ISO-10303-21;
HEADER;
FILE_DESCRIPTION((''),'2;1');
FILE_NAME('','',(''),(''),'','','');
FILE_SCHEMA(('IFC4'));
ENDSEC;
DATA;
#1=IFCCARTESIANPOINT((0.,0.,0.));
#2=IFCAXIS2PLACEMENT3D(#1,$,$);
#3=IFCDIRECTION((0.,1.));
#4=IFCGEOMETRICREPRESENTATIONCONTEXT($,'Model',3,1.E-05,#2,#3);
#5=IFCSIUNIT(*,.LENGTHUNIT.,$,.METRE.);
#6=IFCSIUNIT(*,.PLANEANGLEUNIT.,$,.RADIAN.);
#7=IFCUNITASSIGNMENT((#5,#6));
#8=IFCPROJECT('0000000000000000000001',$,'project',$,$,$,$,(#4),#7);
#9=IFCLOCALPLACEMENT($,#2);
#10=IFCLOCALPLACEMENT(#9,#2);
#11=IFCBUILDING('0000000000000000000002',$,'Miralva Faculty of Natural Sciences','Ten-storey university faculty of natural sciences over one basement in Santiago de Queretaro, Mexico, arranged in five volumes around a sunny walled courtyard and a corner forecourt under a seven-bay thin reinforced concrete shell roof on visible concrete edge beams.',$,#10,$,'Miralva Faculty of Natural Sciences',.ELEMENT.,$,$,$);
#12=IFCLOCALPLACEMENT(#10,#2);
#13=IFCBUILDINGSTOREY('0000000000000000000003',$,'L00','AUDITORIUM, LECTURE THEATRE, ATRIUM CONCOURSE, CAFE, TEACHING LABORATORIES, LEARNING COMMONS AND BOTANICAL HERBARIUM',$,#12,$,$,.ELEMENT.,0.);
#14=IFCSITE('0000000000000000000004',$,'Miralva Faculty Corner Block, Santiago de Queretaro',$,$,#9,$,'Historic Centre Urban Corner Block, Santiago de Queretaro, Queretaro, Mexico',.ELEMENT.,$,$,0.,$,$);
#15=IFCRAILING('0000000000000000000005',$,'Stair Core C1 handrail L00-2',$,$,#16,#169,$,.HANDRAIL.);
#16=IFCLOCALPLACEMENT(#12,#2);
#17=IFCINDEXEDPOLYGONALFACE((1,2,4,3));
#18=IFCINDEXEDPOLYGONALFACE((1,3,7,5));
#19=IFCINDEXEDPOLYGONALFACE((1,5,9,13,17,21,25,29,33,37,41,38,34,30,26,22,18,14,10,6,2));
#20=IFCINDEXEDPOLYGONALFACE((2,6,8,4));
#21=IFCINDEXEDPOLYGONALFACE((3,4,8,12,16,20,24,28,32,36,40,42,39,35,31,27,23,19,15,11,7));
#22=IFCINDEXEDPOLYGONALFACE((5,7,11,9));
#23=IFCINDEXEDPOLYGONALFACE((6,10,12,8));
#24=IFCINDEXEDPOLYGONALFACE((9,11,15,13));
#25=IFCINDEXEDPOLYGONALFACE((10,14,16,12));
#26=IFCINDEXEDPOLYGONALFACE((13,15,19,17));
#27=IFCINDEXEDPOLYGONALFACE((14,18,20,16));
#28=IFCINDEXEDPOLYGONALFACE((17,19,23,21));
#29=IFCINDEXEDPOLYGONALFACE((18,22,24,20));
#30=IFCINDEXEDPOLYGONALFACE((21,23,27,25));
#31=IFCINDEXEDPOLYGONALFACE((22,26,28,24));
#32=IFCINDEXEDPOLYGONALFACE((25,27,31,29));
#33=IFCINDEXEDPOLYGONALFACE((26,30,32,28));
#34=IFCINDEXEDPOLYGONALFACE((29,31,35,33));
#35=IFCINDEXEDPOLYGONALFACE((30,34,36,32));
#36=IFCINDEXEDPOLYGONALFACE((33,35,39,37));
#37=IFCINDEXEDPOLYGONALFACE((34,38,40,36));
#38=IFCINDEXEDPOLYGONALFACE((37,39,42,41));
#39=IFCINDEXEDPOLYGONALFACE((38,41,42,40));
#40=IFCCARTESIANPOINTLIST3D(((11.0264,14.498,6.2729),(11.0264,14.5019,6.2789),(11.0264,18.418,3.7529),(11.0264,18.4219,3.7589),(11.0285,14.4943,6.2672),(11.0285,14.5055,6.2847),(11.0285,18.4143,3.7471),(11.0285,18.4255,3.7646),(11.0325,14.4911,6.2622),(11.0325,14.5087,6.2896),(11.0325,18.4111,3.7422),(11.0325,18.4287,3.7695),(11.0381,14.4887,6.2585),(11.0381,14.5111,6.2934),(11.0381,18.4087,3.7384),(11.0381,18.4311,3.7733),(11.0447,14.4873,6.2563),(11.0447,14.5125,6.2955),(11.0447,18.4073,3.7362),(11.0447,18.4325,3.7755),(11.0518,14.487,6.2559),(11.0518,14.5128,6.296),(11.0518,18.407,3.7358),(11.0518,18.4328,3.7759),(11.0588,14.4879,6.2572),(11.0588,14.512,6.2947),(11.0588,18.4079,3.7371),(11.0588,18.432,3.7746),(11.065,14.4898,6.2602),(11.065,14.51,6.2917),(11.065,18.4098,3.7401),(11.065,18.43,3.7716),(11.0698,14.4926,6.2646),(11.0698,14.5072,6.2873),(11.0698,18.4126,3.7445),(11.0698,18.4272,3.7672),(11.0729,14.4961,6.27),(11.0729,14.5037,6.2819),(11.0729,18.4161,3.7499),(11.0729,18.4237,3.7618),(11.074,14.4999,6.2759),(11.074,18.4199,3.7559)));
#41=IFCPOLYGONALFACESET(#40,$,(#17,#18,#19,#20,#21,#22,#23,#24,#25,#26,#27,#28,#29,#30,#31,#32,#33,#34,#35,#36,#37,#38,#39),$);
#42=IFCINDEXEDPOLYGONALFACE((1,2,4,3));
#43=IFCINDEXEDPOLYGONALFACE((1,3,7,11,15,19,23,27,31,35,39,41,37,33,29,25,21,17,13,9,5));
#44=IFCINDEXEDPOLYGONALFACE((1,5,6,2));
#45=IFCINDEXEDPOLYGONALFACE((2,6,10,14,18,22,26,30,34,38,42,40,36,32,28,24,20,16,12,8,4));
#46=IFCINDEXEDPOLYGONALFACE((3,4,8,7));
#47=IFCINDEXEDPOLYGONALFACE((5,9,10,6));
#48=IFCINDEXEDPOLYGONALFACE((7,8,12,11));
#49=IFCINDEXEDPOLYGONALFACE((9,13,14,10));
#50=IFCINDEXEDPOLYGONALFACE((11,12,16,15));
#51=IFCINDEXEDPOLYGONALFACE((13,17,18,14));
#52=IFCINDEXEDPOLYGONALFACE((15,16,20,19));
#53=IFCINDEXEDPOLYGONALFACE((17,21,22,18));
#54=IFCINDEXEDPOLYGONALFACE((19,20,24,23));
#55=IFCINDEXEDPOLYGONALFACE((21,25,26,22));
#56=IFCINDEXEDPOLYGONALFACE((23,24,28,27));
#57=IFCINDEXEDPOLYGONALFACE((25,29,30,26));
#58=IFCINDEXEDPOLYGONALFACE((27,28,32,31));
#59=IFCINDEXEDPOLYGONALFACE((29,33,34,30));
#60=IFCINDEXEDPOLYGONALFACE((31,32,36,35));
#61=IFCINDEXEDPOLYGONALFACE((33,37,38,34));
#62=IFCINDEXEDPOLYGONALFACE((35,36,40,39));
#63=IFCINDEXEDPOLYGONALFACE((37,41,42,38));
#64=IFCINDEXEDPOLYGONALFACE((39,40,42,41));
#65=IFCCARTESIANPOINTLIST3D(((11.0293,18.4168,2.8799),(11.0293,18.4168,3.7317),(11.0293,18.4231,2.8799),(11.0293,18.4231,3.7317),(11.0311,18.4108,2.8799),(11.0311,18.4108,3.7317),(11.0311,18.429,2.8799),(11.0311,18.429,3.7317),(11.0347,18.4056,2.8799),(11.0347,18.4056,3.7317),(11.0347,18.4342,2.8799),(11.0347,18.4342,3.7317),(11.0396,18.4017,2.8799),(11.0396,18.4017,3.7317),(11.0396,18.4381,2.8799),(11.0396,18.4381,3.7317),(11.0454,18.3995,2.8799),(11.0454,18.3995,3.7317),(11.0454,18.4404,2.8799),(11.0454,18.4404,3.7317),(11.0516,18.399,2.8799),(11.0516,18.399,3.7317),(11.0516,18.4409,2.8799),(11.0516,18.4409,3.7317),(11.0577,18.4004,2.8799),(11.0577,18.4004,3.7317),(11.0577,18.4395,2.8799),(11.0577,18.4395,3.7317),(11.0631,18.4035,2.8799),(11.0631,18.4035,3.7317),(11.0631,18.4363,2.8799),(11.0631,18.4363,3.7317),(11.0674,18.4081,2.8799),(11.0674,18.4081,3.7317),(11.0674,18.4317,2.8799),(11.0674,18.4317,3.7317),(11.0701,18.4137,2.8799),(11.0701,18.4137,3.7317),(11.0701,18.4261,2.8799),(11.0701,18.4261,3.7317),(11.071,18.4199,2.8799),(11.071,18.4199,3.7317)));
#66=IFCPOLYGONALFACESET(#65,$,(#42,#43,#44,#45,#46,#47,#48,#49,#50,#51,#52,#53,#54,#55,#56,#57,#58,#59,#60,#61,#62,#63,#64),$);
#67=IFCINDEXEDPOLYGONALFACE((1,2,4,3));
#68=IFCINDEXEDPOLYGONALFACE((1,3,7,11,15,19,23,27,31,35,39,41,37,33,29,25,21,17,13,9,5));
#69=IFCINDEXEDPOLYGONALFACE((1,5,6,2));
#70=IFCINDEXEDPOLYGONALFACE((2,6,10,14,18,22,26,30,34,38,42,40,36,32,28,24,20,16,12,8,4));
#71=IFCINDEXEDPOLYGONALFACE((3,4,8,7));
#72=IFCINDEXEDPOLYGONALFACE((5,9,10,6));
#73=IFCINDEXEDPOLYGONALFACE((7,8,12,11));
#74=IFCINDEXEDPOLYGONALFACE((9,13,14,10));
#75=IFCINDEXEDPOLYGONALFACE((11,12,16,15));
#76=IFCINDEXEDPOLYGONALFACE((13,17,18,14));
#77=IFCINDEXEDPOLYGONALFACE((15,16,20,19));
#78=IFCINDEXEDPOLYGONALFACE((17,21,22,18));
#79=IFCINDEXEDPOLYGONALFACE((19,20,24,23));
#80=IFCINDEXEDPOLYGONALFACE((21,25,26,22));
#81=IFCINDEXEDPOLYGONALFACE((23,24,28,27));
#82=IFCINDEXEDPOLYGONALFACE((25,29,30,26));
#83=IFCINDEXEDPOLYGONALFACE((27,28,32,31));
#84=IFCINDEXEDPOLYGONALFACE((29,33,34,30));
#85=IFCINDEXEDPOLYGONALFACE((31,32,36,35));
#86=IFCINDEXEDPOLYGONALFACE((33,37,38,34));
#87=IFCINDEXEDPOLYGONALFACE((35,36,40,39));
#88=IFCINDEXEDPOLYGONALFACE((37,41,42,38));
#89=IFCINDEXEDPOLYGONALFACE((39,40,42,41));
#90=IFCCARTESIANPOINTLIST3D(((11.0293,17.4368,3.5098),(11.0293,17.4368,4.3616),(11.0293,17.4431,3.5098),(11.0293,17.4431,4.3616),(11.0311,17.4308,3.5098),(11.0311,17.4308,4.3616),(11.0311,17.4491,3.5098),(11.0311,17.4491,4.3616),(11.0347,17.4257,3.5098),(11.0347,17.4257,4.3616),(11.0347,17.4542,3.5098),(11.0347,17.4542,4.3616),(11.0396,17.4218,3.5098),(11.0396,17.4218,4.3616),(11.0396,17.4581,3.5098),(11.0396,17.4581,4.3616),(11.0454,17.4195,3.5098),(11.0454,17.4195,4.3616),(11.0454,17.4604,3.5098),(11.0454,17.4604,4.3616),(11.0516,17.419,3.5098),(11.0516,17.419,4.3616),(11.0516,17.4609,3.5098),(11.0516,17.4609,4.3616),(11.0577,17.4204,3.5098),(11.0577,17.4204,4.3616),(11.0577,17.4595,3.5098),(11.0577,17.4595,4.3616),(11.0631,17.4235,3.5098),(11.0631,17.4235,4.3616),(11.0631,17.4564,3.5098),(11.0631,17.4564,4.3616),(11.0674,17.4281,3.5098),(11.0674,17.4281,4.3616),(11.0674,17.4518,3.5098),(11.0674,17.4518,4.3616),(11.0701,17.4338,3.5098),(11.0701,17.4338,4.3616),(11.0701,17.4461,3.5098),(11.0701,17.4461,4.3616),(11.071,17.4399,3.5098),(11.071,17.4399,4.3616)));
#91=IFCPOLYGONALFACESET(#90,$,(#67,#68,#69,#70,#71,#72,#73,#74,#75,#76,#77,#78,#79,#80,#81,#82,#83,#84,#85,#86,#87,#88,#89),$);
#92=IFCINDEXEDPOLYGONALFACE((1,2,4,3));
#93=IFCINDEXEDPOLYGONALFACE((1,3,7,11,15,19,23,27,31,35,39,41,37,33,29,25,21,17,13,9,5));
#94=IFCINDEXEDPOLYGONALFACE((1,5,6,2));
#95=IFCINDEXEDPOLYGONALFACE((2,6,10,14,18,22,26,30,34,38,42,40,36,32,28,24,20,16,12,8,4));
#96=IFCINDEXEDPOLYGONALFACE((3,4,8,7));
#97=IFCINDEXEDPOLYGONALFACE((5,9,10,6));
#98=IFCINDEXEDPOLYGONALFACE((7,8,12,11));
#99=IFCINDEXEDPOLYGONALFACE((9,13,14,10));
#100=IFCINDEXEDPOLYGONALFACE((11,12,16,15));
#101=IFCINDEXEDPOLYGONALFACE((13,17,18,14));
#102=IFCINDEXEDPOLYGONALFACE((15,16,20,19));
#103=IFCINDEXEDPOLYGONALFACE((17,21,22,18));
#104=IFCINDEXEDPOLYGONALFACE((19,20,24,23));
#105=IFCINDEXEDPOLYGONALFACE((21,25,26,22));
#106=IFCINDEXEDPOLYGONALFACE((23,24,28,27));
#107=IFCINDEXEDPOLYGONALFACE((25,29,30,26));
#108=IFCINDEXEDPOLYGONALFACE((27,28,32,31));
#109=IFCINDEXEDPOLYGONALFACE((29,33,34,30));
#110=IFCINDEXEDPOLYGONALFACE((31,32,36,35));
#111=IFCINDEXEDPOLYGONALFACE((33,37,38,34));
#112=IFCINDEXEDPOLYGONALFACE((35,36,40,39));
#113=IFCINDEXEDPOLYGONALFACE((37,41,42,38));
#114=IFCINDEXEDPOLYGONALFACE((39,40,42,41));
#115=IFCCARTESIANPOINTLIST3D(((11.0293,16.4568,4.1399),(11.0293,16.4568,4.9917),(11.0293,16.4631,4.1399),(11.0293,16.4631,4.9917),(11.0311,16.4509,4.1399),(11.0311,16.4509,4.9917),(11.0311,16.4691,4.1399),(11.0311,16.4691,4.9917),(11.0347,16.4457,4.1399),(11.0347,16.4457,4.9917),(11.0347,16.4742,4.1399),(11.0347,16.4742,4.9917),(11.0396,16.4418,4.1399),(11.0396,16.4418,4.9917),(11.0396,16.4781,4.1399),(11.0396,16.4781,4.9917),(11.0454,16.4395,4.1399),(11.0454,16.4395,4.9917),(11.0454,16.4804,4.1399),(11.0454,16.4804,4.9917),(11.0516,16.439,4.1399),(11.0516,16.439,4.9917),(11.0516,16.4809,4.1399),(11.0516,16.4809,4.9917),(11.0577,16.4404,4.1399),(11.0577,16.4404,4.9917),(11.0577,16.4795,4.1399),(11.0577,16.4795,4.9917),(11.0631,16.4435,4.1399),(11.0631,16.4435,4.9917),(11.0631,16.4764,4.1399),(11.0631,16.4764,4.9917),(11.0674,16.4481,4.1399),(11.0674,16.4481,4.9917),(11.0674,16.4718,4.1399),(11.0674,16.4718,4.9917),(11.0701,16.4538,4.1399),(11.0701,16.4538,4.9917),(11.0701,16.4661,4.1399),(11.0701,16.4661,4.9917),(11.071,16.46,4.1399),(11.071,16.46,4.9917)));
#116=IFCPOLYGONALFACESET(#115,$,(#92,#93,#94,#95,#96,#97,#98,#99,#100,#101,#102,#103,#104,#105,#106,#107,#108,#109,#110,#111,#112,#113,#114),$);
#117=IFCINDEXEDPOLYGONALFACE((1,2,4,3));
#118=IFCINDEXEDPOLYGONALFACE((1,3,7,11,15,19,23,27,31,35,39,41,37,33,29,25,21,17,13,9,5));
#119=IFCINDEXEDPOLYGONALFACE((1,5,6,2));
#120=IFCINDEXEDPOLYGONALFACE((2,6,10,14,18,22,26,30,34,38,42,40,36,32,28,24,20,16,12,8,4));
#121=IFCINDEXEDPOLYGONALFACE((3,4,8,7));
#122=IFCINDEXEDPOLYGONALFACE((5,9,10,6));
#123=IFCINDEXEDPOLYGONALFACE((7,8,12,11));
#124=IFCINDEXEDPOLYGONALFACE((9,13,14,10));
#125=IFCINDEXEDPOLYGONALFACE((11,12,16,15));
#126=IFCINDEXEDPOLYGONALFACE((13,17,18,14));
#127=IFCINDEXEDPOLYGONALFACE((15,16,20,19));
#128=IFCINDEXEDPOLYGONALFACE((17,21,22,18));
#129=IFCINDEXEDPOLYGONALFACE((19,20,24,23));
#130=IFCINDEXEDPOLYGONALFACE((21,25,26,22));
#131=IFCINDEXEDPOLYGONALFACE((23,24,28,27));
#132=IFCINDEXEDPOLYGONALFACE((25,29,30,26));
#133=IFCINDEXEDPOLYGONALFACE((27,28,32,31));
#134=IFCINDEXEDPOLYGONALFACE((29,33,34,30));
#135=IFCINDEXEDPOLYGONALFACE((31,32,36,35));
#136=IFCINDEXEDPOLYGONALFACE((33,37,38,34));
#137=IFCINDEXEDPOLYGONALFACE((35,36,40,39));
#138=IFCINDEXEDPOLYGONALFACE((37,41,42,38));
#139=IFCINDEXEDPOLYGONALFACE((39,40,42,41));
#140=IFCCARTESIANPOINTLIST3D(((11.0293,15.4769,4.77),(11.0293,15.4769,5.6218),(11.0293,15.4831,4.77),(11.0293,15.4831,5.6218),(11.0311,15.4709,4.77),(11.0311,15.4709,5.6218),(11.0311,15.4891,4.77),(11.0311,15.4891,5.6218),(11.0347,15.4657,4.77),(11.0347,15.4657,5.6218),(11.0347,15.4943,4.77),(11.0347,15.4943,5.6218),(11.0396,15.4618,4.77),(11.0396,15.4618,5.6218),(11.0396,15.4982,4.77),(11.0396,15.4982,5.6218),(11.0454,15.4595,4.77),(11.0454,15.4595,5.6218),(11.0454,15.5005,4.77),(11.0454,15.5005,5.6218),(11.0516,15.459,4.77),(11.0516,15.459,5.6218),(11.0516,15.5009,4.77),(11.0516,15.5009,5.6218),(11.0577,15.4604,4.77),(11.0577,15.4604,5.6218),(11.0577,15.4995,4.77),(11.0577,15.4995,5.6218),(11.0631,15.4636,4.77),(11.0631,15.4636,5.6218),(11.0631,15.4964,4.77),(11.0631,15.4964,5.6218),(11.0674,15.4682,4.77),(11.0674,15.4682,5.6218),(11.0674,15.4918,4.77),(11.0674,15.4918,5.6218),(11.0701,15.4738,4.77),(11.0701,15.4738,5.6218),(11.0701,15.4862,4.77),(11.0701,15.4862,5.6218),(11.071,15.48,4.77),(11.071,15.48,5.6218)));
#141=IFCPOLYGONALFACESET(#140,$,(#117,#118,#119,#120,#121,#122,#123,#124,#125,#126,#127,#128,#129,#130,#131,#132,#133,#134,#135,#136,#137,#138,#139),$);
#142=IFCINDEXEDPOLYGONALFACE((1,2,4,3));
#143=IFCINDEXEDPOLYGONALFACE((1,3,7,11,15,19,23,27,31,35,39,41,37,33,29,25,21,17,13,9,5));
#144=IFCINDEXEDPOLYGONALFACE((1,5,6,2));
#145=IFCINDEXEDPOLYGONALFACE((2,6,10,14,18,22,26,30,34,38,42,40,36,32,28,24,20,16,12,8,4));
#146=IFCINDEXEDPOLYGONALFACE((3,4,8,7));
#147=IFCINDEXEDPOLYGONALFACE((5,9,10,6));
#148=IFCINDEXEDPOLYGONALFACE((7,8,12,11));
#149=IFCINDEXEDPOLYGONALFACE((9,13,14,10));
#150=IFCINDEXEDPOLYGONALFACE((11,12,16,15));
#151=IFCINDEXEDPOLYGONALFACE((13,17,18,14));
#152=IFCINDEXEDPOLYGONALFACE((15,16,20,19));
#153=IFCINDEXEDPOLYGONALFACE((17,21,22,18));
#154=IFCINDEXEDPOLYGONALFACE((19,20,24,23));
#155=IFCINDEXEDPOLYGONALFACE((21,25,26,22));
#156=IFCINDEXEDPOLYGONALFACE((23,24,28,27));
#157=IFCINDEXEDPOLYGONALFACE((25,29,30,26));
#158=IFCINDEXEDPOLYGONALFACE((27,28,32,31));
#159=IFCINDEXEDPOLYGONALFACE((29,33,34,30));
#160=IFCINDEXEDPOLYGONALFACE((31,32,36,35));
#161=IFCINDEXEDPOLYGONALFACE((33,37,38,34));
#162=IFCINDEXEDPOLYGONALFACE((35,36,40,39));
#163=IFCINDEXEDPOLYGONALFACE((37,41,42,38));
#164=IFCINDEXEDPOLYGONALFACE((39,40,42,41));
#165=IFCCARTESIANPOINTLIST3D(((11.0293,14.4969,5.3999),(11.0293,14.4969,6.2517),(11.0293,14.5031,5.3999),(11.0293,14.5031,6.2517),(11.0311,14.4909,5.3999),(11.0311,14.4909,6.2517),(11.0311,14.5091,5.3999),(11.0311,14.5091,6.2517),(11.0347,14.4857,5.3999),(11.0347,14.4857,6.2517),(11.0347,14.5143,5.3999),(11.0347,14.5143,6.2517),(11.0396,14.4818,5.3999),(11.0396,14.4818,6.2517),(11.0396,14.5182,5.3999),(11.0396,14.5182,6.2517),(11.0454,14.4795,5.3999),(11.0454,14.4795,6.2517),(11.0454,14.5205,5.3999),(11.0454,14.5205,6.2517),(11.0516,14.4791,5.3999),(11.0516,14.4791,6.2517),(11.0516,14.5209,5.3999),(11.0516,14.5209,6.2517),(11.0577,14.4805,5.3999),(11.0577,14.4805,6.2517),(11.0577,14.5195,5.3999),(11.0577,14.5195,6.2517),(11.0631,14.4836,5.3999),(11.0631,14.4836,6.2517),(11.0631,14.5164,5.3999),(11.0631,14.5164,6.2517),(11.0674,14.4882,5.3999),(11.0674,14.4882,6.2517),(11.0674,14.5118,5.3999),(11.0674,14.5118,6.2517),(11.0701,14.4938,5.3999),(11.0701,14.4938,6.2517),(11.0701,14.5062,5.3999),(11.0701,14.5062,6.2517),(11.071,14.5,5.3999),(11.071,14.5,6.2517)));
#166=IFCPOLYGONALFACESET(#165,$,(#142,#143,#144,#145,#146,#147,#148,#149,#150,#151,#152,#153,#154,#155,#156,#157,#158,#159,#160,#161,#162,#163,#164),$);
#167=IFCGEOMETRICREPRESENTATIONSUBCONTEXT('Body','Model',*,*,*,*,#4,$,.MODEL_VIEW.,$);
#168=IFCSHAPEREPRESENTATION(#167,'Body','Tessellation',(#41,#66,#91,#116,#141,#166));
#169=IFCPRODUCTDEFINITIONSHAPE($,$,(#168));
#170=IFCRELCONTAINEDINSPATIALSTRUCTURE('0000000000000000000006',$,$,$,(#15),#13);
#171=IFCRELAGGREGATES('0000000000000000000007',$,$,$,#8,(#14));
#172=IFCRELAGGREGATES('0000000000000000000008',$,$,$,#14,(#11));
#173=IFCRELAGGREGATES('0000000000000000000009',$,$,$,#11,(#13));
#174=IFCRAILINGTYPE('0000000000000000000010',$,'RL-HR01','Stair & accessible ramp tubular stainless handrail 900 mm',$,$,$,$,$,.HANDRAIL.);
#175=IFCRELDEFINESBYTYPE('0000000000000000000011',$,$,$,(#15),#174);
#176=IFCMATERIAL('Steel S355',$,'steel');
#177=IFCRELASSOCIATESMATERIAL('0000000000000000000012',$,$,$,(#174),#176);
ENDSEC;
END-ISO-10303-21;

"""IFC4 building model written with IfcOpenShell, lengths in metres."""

from ifc_helpers import new_model, si_unit, direction, frame, origin, origin_2d, place, context, subcontext, project, spatial, circle, extrude, material, type_object, element, save


model = new_model("IFC4")

# Units and contexts
model_context = context("Model", 3, precision=1e-05, world=origin(), true_north=direction((0.0, 1.0)))
body_context = subcontext(model_context, "Body", "Model", "MODEL_VIEW")
ifc_project = project(units=[si_unit("LENGTHUNIT", "METRE"), si_unit("PLANEANGLEUNIT", "RADIAN")], contexts=[model_context])

# Site, building, storey
site_placement = place(None, origin())
site = spatial("IfcSite", under=ifc_project, at=site_placement, Name="Miralva Faculty Corner Block, Santiago de Queretaro", LongName="Historic Centre Urban Corner Block, Santiago de Queretaro, Queretaro, Mexico", CompositionType="ELEMENT", RefElevation=0.0)
building_placement = place(site_placement, origin())
building = spatial("IfcBuilding", under=site, at=building_placement, Name="Miralva Faculty of Natural Sciences", Description="Ten-storey university faculty of natural sciences over one basement in Santiago de Queretaro, Mexico, arranged in five volumes around a sunny walled courtyard and a corner forecourt under a seven-bay thin reinforced concrete shell roof on visible concrete edge beams.", LongName="Miralva Faculty of Natural Sciences", CompositionType="ELEMENT")
storey_placement = place(building_placement, origin())
storey = spatial("IfcBuildingStorey", under=building, at=storey_placement, Name="L00", Description="AUDITORIUM, LECTURE THEATRE, ATRIUM CONCOURSE, CAFE, TEACHING LABORATORIES, LEARNING COMMONS AND BOTANICAL HERBARIUM", CompositionType="ELEMENT", Elevation=0.0)

# Railing
ifc_material_1 = material(Name="Steel S355", Category="steel")
railing_type_1 = type_object("IfcRailingType", Name="RL-HR01", Description="Stair & accessible ramp tubular stainless handrail 900 mm", PredefinedType="HANDRAIL", material=ifc_material_1)
railing_1_placement = place(storey_placement, frame((11.05, 18.4199, 2.8799)))
element("IfcRailing", 1, at=railing_1_placement, inside=storey, type_object=railing_type_1, Name="Stair Core C1 handrail L00-2", PredefinedType="HANDRAIL", context=body_context, shape_type="SweptSolid", body=[
    extrude(circle(Radius=0.0239, at=origin_2d()), frame((0.0, 0.0, 0.876), z_axis=(0.0, -0.841172, 0.540768), x_axis=(1.0, 0.0, 0.0)), (0.0, 0.0, 1.0), 4.6602),
    extrude(circle(Radius=0.021, at=origin_2d()), origin(), (0.0, 0.0, 1.0), 0.8518),
    extrude(circle(Radius=0.021, at=origin_2d()), frame((0.0, -0.98, 0.6299)), (0.0, 0.0, 1.0), 0.8518),
    extrude(circle(Radius=0.021, at=origin_2d()), frame((0.0, -1.96, 1.26)), (0.0, 0.0, 1.0), 0.8518),
    extrude(circle(Radius=0.021, at=origin_2d()), frame((0.0, -2.9399, 1.8901)), (0.0, 0.0, 1.0), 0.8518),
    extrude(circle(Radius=0.021, at=origin_2d()), frame((0.0, -3.9199, 2.52)), (0.0, 0.0, 1.0), 0.8518),
])

save(model, "model.ifc")
